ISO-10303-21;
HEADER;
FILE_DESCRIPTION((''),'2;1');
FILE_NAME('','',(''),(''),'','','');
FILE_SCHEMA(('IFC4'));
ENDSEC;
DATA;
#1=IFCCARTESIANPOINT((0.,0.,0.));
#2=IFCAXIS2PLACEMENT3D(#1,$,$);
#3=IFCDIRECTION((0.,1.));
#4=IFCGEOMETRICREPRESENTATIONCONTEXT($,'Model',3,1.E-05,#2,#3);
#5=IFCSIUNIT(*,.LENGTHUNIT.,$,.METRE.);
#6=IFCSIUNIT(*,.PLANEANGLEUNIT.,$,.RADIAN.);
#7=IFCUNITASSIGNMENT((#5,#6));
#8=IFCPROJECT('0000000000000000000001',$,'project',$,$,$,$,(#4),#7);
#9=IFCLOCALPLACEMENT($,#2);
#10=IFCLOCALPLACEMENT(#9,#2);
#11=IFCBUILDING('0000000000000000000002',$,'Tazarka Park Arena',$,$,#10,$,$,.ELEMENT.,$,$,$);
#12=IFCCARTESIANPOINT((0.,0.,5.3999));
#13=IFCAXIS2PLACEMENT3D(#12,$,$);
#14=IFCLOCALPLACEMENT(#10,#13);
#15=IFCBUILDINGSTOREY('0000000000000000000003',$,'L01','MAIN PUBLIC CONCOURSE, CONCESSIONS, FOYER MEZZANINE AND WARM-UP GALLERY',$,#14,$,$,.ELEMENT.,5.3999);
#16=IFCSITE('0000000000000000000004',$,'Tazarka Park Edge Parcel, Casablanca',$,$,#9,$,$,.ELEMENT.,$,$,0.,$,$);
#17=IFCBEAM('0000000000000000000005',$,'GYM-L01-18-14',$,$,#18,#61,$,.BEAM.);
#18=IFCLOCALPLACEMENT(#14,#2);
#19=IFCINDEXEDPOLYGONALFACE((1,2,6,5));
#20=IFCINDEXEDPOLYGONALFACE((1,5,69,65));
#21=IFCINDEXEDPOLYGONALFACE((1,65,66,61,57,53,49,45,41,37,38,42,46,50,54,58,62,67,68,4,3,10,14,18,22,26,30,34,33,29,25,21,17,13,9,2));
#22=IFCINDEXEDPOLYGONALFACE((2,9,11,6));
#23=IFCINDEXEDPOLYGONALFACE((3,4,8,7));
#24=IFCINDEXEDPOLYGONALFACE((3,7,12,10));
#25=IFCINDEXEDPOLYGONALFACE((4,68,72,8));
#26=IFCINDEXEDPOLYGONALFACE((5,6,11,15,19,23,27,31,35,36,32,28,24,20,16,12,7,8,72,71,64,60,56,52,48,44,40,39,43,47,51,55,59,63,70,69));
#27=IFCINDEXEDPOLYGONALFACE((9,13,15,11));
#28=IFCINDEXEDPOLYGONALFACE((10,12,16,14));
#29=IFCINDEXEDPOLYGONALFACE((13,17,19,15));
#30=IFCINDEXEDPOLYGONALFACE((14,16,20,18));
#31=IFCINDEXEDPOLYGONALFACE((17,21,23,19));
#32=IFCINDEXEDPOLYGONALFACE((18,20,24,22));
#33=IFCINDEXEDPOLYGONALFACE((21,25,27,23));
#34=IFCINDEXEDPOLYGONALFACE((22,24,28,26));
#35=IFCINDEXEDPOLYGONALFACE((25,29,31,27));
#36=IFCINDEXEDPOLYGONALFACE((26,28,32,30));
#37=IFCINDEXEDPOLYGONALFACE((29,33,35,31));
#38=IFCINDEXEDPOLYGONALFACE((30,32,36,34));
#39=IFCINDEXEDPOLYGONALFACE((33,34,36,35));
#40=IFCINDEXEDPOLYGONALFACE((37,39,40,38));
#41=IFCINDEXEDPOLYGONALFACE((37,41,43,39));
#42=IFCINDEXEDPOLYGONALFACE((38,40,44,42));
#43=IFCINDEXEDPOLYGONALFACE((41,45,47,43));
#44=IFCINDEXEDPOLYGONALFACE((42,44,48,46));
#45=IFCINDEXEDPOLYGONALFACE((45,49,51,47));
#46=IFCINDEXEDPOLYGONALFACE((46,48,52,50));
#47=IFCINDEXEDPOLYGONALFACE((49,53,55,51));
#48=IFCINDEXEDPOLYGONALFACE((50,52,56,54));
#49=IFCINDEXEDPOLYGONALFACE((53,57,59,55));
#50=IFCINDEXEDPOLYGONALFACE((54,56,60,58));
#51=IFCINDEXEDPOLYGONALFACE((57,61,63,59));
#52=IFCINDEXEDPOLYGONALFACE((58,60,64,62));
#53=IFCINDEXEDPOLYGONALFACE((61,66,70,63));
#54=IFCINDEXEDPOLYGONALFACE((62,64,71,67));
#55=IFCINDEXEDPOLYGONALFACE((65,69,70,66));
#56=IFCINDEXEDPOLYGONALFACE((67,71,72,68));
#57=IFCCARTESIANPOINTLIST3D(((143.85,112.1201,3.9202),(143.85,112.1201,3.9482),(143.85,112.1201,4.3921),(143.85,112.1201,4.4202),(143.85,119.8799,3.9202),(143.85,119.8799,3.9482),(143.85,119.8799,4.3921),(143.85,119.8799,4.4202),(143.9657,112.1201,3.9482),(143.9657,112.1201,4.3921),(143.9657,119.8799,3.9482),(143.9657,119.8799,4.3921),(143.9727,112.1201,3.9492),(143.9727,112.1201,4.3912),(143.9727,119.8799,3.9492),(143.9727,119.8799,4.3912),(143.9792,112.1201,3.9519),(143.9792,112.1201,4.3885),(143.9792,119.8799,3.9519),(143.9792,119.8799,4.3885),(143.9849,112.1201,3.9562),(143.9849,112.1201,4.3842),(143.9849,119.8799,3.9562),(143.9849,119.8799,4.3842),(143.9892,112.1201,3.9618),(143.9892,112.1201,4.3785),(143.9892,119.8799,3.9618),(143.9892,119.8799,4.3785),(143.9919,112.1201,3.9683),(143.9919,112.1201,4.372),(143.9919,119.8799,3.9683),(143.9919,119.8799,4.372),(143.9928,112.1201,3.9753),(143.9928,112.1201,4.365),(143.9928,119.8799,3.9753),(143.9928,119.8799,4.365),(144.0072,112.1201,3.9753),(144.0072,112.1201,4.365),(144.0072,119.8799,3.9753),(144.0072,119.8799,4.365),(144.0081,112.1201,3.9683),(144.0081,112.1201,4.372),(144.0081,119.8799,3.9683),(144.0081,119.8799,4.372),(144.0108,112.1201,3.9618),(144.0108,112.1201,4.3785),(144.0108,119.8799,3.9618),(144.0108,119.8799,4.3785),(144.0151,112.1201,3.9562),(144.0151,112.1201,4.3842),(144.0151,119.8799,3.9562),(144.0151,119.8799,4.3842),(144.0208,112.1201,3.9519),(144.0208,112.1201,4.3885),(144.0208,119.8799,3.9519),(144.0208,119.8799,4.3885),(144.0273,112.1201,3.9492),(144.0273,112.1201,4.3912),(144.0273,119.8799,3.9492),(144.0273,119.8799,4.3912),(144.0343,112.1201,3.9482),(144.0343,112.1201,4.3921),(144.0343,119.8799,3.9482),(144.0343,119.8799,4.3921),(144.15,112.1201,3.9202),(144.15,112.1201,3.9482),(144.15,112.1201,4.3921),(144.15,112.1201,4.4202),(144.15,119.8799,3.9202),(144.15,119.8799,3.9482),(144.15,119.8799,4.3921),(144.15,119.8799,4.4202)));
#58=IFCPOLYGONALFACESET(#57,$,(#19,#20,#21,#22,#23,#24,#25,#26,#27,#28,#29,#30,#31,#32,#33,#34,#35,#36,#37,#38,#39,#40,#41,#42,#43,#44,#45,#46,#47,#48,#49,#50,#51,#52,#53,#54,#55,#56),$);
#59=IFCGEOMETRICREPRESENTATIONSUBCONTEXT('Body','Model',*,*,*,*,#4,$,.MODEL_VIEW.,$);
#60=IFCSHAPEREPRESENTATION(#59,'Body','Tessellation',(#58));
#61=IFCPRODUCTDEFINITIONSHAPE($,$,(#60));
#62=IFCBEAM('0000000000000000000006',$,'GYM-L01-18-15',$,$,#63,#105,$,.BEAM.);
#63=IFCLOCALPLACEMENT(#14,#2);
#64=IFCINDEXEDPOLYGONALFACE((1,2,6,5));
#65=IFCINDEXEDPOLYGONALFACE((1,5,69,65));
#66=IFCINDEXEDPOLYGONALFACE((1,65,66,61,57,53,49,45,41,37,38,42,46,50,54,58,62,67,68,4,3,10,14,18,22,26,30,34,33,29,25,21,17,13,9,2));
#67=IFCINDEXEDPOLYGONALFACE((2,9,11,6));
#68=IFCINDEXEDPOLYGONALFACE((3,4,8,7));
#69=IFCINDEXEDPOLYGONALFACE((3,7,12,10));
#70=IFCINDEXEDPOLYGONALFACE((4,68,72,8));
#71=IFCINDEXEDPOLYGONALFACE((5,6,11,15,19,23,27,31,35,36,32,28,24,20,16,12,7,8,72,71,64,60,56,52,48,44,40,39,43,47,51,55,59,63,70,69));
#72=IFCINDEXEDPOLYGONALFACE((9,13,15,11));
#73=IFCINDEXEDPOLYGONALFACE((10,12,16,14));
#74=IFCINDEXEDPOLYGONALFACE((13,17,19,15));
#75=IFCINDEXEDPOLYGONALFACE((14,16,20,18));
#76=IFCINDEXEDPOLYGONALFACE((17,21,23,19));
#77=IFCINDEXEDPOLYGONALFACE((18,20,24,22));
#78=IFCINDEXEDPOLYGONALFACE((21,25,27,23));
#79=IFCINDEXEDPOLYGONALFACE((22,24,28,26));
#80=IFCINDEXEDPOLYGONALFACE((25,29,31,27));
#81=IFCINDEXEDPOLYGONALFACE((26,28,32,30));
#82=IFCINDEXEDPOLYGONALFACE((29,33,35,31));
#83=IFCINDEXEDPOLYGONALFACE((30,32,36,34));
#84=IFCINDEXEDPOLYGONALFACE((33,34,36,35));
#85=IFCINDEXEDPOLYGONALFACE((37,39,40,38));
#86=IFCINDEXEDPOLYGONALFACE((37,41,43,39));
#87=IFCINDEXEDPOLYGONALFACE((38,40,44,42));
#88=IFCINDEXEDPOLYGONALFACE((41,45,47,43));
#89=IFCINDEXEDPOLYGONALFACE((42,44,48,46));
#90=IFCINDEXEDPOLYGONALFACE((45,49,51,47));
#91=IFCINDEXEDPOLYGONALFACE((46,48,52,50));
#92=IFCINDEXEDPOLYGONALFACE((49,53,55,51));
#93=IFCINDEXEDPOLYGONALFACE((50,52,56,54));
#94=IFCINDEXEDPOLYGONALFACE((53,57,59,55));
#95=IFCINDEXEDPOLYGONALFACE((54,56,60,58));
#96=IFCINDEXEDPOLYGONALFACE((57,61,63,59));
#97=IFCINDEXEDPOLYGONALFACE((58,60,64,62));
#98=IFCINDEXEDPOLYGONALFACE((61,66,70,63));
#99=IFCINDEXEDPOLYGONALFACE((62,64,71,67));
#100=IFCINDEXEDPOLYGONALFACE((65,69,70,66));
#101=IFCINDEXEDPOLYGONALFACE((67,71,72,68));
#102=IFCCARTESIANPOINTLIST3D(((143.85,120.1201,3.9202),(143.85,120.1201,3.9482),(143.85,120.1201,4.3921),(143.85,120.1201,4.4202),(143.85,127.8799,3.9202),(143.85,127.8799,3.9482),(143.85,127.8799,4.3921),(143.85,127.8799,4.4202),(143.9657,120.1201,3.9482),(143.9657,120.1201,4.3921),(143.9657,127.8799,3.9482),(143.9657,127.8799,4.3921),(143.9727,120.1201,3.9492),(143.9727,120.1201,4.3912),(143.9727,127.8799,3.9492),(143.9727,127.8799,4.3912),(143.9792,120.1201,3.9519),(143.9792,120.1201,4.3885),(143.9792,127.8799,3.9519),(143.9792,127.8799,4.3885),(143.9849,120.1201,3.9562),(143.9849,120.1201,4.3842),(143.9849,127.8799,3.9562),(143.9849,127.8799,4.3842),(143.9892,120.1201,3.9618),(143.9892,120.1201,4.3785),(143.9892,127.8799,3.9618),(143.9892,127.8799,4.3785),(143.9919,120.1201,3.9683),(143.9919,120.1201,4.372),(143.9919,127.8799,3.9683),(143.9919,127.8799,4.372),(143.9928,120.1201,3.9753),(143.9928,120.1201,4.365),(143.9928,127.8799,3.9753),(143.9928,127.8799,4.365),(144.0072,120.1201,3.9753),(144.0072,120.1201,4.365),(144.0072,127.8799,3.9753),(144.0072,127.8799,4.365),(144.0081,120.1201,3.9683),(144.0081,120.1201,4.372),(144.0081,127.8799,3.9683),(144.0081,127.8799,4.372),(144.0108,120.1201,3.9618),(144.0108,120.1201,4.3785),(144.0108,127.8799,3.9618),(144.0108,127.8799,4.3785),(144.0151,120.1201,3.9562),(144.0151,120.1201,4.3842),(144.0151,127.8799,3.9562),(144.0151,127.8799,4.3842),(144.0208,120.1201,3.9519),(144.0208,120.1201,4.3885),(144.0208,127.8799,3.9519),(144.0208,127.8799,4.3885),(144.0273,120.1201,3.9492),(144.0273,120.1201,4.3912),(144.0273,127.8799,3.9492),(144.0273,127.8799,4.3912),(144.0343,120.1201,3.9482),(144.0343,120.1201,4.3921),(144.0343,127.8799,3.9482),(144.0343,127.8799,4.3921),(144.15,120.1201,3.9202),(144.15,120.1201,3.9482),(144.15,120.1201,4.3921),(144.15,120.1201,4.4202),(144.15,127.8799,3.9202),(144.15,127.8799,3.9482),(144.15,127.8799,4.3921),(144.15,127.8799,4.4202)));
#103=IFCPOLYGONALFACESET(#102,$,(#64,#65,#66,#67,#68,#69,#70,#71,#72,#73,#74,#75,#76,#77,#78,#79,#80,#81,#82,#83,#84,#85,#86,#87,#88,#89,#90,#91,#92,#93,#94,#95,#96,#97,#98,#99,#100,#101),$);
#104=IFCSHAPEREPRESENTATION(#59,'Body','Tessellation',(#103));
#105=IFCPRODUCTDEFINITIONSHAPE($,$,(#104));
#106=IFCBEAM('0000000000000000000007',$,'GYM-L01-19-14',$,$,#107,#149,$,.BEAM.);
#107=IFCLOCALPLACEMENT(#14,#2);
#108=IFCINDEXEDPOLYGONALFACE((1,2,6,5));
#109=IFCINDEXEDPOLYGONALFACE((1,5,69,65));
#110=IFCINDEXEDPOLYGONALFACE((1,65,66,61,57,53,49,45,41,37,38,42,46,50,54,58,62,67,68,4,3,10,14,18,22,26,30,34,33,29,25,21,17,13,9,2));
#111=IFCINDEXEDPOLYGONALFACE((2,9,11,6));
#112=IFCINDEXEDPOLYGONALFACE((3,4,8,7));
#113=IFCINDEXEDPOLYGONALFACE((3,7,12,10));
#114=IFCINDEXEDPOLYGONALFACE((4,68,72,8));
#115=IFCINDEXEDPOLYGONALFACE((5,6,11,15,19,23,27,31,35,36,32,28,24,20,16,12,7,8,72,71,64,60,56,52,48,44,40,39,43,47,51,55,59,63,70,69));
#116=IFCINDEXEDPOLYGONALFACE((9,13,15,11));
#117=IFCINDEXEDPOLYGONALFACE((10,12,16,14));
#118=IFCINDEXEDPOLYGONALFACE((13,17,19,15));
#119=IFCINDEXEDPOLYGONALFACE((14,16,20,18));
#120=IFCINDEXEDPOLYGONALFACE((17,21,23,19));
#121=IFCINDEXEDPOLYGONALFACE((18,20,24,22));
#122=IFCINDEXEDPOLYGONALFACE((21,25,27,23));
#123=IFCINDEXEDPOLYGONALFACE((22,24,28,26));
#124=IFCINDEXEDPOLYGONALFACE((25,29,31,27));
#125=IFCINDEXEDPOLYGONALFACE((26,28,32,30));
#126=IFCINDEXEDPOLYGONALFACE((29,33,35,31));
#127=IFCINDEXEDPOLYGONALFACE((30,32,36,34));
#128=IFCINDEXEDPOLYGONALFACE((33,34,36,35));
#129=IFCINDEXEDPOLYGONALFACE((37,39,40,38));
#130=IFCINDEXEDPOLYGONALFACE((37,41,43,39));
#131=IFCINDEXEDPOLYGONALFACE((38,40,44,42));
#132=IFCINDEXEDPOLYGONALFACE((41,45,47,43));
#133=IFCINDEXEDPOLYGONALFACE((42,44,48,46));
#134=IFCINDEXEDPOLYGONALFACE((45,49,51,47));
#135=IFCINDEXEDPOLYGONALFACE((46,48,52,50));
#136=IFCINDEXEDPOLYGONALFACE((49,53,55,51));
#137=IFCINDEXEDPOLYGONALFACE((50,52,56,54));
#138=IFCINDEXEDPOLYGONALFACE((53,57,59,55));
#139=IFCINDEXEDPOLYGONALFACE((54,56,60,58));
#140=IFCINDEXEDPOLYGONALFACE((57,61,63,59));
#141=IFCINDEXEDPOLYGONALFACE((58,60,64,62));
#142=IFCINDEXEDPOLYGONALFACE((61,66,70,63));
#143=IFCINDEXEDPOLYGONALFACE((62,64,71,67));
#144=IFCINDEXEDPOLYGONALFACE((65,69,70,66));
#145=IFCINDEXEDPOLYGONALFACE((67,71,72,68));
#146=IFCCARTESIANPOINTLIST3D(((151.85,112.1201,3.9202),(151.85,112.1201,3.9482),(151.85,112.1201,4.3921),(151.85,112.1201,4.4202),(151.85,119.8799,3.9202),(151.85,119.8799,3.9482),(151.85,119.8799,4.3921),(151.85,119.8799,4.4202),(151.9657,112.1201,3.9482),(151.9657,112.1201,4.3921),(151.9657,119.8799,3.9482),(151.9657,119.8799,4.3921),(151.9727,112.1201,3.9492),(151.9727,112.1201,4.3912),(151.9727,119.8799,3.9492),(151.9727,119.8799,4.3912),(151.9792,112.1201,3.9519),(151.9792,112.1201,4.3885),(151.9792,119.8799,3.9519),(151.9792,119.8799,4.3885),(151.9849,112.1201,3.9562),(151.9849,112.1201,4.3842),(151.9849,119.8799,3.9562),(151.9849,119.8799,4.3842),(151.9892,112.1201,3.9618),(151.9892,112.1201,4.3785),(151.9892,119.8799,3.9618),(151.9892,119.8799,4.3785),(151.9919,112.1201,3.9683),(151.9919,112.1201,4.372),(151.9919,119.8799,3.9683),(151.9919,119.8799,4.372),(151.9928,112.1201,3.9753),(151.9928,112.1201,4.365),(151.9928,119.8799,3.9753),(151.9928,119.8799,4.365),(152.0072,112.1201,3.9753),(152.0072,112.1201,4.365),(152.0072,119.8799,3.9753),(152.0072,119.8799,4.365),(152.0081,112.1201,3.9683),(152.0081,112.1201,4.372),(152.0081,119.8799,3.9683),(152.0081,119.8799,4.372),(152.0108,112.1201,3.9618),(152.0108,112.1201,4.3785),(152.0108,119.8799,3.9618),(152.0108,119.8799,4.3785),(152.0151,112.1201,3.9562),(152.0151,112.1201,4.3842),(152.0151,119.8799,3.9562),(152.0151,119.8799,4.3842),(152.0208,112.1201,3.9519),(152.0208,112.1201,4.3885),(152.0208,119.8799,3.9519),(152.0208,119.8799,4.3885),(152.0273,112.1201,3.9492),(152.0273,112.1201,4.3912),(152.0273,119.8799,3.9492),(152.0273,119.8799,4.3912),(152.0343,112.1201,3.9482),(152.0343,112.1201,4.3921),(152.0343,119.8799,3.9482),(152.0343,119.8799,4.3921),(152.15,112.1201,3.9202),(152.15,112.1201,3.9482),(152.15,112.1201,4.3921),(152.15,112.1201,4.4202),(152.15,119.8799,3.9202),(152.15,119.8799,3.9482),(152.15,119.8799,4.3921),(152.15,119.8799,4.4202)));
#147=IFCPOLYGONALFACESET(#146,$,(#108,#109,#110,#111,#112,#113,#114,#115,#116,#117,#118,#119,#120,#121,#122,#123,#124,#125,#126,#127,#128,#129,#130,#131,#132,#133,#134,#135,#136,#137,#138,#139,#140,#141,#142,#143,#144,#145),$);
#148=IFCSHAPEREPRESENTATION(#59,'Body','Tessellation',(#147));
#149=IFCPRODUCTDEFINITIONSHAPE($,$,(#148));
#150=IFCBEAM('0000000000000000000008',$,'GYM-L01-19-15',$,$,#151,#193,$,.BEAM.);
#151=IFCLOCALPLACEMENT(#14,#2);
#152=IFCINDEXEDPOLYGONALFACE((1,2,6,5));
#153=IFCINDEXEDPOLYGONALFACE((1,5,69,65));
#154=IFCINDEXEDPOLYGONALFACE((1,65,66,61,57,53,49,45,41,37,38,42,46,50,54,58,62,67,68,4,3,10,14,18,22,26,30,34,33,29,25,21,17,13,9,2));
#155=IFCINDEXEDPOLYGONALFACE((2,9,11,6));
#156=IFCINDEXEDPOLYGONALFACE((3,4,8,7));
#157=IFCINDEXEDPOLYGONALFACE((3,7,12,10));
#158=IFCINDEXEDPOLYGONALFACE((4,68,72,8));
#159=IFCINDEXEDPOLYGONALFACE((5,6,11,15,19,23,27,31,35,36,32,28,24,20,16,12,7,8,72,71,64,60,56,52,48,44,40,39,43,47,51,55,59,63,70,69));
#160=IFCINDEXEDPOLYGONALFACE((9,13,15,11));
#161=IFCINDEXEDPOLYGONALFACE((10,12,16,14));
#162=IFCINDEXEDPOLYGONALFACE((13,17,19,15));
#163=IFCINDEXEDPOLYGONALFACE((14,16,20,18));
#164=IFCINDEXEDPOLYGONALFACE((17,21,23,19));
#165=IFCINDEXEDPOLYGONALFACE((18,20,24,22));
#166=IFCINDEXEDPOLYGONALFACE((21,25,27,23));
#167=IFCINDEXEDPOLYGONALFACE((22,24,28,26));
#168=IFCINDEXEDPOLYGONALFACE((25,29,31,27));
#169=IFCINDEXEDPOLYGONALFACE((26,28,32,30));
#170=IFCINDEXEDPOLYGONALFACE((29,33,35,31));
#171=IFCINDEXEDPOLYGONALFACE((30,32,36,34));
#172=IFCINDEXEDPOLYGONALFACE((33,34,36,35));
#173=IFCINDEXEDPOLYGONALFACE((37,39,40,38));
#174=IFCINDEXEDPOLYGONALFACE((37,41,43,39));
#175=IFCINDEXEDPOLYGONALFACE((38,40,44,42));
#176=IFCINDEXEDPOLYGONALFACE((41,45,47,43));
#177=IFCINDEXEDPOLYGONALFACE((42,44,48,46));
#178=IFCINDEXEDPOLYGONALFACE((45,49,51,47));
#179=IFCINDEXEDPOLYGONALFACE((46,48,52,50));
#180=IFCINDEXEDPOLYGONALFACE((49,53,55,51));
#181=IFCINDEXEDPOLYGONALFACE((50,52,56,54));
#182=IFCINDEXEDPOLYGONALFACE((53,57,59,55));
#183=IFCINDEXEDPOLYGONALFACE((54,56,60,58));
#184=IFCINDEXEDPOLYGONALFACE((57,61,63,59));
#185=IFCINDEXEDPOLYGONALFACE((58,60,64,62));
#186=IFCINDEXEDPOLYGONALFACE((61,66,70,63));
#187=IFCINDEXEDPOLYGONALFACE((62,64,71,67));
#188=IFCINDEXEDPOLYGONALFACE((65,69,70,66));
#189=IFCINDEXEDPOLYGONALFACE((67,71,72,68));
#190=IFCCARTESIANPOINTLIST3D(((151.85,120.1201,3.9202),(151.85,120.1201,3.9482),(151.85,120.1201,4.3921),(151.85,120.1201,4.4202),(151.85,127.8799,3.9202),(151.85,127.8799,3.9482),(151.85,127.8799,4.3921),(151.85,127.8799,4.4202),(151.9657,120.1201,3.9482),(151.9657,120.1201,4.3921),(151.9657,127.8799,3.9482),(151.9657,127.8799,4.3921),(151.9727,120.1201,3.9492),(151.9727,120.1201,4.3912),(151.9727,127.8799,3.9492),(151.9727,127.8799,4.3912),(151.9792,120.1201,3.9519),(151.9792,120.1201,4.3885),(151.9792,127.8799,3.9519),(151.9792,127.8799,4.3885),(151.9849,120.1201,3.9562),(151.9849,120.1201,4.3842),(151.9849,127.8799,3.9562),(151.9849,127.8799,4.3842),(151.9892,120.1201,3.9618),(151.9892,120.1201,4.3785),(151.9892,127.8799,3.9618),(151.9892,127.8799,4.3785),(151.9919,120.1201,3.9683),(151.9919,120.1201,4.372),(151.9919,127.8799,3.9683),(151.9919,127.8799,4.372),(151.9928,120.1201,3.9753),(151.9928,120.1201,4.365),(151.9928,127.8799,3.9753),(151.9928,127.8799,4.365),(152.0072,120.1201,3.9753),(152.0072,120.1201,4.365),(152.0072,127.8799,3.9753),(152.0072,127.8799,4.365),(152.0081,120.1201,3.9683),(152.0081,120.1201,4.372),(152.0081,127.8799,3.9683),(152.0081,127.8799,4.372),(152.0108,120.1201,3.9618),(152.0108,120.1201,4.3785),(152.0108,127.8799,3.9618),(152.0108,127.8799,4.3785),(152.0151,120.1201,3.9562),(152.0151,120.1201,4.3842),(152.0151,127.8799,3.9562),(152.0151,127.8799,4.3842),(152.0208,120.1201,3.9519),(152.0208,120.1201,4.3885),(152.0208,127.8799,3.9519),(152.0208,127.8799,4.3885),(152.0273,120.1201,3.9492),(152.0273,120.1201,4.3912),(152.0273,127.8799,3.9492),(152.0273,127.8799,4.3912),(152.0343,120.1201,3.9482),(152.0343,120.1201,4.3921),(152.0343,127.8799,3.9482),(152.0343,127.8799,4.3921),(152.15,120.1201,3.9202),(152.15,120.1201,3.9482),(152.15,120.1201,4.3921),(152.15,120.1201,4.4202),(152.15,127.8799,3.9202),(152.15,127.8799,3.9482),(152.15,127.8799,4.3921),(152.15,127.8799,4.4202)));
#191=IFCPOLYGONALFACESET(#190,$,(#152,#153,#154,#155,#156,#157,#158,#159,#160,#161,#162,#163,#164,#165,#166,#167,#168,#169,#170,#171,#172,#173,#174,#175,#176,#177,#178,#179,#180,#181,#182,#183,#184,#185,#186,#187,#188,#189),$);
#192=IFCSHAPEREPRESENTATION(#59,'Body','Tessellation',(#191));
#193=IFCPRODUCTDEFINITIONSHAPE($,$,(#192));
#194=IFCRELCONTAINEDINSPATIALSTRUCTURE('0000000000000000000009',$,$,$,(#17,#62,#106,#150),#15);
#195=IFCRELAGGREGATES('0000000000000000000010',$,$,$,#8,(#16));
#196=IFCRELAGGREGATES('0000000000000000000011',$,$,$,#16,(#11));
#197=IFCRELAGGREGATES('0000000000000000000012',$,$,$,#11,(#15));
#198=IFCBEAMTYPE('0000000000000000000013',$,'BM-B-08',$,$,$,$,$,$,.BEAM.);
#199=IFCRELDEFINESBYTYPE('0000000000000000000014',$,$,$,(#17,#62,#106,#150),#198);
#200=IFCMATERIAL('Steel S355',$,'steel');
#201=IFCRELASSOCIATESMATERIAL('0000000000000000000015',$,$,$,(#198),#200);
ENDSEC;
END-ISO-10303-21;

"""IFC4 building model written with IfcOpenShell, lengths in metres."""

from ifc_helpers import new_model, si_unit, direction, frame, origin, origin_2d, place, context, subcontext, project, spatial, i_section, extrude, material, material_profile, profile_set, type_object, element, save


model = new_model("IFC4")

# Units and contexts
model_context = context("Model", 3, precision=1e-05, world=origin(), true_north=direction((0.0, 1.0)))
body_context = subcontext(model_context, "Body", "Model", "MODEL_VIEW")
ifc_project = project(units=[si_unit("LENGTHUNIT", "METRE"), si_unit("PLANEANGLEUNIT", "RADIAN")], contexts=[model_context])

# Site, building, storey
site_placement = place(None, origin())
site = spatial("IfcSite", under=ifc_project, at=site_placement, Name="Tazarka Park Edge Parcel, Casablanca", CompositionType="ELEMENT", RefElevation=0.0)
building_placement = place(site_placement, origin())
building = spatial("IfcBuilding", under=site, at=building_placement, Name="Tazarka Park Arena", CompositionType="ELEMENT")
storey_placement = place(building_placement, frame((0.0, 0.0, 5.3999)))
storey = spatial("IfcBuildingStorey", under=building, at=storey_placement, Name="L01", Description="MAIN PUBLIC CONCOURSE, CONCESSIONS, FOYER MEZZANINE AND WARM-UP GALLERY", CompositionType="ELEMENT", Elevation=5.3999)

# Beams
ifc_material_1 = material(Name="Steel S355", Category="steel")
ifc_material_profile_1 = material_profile(ifc_material_1, i_section(OverallWidth=0.3, OverallDepth=0.5, WebThickness=0.0144, FlangeThickness=0.0281, FilletRadius=0.0271, at=origin_2d()), Name="Steel S355")
ifc_profile_set_1 = profile_set([ifc_material_profile_1], Name="Steel S355")
beam_type_1 = type_object("IfcBeamType", Name="BM-B-08", PredefinedType="BEAM", material=ifc_profile_set_1)
for number, where, z_axis, x_axis, name in (
    (1, (144.0, 112.1201, 4.1702), (0.0, 1.0, 0.0), (-1.0, 0.0, 0.0), "GYM-L01-18-14"),
    (2, (144.0, 120.1201, 4.1702), (0.0, 1.0, 0.0), (-1.0, 0.0, 0.0), "GYM-L01-18-15"),
    (3, (152.0, 112.1201, 4.1702), (0.0, 1.0, 0.0), (-1.0, 0.0, 0.0), "GYM-L01-19-14"),
    (4, (152.0, 120.1201, 4.1702), (0.0, 1.0, 0.0), (-1.0, 0.0, 0.0), "GYM-L01-19-15"),
):
    element("IfcBeam", number, at=place(storey_placement, frame(where, z_axis=z_axis, x_axis=x_axis)), inside=storey, type_object=beam_type_1, Name=name, PredefinedType="BEAM", context=body_context, shape_type="SweptSolid", body=[
        extrude(i_section(OverallWidth=0.3, OverallDepth=0.5, WebThickness=0.0144, FlangeThickness=0.0281, FilletRadius=0.0271, at=origin_2d()), origin(), (0.0, 0.0, 1.0), 7.7598),
    ])

save(model, "model.ifc")
